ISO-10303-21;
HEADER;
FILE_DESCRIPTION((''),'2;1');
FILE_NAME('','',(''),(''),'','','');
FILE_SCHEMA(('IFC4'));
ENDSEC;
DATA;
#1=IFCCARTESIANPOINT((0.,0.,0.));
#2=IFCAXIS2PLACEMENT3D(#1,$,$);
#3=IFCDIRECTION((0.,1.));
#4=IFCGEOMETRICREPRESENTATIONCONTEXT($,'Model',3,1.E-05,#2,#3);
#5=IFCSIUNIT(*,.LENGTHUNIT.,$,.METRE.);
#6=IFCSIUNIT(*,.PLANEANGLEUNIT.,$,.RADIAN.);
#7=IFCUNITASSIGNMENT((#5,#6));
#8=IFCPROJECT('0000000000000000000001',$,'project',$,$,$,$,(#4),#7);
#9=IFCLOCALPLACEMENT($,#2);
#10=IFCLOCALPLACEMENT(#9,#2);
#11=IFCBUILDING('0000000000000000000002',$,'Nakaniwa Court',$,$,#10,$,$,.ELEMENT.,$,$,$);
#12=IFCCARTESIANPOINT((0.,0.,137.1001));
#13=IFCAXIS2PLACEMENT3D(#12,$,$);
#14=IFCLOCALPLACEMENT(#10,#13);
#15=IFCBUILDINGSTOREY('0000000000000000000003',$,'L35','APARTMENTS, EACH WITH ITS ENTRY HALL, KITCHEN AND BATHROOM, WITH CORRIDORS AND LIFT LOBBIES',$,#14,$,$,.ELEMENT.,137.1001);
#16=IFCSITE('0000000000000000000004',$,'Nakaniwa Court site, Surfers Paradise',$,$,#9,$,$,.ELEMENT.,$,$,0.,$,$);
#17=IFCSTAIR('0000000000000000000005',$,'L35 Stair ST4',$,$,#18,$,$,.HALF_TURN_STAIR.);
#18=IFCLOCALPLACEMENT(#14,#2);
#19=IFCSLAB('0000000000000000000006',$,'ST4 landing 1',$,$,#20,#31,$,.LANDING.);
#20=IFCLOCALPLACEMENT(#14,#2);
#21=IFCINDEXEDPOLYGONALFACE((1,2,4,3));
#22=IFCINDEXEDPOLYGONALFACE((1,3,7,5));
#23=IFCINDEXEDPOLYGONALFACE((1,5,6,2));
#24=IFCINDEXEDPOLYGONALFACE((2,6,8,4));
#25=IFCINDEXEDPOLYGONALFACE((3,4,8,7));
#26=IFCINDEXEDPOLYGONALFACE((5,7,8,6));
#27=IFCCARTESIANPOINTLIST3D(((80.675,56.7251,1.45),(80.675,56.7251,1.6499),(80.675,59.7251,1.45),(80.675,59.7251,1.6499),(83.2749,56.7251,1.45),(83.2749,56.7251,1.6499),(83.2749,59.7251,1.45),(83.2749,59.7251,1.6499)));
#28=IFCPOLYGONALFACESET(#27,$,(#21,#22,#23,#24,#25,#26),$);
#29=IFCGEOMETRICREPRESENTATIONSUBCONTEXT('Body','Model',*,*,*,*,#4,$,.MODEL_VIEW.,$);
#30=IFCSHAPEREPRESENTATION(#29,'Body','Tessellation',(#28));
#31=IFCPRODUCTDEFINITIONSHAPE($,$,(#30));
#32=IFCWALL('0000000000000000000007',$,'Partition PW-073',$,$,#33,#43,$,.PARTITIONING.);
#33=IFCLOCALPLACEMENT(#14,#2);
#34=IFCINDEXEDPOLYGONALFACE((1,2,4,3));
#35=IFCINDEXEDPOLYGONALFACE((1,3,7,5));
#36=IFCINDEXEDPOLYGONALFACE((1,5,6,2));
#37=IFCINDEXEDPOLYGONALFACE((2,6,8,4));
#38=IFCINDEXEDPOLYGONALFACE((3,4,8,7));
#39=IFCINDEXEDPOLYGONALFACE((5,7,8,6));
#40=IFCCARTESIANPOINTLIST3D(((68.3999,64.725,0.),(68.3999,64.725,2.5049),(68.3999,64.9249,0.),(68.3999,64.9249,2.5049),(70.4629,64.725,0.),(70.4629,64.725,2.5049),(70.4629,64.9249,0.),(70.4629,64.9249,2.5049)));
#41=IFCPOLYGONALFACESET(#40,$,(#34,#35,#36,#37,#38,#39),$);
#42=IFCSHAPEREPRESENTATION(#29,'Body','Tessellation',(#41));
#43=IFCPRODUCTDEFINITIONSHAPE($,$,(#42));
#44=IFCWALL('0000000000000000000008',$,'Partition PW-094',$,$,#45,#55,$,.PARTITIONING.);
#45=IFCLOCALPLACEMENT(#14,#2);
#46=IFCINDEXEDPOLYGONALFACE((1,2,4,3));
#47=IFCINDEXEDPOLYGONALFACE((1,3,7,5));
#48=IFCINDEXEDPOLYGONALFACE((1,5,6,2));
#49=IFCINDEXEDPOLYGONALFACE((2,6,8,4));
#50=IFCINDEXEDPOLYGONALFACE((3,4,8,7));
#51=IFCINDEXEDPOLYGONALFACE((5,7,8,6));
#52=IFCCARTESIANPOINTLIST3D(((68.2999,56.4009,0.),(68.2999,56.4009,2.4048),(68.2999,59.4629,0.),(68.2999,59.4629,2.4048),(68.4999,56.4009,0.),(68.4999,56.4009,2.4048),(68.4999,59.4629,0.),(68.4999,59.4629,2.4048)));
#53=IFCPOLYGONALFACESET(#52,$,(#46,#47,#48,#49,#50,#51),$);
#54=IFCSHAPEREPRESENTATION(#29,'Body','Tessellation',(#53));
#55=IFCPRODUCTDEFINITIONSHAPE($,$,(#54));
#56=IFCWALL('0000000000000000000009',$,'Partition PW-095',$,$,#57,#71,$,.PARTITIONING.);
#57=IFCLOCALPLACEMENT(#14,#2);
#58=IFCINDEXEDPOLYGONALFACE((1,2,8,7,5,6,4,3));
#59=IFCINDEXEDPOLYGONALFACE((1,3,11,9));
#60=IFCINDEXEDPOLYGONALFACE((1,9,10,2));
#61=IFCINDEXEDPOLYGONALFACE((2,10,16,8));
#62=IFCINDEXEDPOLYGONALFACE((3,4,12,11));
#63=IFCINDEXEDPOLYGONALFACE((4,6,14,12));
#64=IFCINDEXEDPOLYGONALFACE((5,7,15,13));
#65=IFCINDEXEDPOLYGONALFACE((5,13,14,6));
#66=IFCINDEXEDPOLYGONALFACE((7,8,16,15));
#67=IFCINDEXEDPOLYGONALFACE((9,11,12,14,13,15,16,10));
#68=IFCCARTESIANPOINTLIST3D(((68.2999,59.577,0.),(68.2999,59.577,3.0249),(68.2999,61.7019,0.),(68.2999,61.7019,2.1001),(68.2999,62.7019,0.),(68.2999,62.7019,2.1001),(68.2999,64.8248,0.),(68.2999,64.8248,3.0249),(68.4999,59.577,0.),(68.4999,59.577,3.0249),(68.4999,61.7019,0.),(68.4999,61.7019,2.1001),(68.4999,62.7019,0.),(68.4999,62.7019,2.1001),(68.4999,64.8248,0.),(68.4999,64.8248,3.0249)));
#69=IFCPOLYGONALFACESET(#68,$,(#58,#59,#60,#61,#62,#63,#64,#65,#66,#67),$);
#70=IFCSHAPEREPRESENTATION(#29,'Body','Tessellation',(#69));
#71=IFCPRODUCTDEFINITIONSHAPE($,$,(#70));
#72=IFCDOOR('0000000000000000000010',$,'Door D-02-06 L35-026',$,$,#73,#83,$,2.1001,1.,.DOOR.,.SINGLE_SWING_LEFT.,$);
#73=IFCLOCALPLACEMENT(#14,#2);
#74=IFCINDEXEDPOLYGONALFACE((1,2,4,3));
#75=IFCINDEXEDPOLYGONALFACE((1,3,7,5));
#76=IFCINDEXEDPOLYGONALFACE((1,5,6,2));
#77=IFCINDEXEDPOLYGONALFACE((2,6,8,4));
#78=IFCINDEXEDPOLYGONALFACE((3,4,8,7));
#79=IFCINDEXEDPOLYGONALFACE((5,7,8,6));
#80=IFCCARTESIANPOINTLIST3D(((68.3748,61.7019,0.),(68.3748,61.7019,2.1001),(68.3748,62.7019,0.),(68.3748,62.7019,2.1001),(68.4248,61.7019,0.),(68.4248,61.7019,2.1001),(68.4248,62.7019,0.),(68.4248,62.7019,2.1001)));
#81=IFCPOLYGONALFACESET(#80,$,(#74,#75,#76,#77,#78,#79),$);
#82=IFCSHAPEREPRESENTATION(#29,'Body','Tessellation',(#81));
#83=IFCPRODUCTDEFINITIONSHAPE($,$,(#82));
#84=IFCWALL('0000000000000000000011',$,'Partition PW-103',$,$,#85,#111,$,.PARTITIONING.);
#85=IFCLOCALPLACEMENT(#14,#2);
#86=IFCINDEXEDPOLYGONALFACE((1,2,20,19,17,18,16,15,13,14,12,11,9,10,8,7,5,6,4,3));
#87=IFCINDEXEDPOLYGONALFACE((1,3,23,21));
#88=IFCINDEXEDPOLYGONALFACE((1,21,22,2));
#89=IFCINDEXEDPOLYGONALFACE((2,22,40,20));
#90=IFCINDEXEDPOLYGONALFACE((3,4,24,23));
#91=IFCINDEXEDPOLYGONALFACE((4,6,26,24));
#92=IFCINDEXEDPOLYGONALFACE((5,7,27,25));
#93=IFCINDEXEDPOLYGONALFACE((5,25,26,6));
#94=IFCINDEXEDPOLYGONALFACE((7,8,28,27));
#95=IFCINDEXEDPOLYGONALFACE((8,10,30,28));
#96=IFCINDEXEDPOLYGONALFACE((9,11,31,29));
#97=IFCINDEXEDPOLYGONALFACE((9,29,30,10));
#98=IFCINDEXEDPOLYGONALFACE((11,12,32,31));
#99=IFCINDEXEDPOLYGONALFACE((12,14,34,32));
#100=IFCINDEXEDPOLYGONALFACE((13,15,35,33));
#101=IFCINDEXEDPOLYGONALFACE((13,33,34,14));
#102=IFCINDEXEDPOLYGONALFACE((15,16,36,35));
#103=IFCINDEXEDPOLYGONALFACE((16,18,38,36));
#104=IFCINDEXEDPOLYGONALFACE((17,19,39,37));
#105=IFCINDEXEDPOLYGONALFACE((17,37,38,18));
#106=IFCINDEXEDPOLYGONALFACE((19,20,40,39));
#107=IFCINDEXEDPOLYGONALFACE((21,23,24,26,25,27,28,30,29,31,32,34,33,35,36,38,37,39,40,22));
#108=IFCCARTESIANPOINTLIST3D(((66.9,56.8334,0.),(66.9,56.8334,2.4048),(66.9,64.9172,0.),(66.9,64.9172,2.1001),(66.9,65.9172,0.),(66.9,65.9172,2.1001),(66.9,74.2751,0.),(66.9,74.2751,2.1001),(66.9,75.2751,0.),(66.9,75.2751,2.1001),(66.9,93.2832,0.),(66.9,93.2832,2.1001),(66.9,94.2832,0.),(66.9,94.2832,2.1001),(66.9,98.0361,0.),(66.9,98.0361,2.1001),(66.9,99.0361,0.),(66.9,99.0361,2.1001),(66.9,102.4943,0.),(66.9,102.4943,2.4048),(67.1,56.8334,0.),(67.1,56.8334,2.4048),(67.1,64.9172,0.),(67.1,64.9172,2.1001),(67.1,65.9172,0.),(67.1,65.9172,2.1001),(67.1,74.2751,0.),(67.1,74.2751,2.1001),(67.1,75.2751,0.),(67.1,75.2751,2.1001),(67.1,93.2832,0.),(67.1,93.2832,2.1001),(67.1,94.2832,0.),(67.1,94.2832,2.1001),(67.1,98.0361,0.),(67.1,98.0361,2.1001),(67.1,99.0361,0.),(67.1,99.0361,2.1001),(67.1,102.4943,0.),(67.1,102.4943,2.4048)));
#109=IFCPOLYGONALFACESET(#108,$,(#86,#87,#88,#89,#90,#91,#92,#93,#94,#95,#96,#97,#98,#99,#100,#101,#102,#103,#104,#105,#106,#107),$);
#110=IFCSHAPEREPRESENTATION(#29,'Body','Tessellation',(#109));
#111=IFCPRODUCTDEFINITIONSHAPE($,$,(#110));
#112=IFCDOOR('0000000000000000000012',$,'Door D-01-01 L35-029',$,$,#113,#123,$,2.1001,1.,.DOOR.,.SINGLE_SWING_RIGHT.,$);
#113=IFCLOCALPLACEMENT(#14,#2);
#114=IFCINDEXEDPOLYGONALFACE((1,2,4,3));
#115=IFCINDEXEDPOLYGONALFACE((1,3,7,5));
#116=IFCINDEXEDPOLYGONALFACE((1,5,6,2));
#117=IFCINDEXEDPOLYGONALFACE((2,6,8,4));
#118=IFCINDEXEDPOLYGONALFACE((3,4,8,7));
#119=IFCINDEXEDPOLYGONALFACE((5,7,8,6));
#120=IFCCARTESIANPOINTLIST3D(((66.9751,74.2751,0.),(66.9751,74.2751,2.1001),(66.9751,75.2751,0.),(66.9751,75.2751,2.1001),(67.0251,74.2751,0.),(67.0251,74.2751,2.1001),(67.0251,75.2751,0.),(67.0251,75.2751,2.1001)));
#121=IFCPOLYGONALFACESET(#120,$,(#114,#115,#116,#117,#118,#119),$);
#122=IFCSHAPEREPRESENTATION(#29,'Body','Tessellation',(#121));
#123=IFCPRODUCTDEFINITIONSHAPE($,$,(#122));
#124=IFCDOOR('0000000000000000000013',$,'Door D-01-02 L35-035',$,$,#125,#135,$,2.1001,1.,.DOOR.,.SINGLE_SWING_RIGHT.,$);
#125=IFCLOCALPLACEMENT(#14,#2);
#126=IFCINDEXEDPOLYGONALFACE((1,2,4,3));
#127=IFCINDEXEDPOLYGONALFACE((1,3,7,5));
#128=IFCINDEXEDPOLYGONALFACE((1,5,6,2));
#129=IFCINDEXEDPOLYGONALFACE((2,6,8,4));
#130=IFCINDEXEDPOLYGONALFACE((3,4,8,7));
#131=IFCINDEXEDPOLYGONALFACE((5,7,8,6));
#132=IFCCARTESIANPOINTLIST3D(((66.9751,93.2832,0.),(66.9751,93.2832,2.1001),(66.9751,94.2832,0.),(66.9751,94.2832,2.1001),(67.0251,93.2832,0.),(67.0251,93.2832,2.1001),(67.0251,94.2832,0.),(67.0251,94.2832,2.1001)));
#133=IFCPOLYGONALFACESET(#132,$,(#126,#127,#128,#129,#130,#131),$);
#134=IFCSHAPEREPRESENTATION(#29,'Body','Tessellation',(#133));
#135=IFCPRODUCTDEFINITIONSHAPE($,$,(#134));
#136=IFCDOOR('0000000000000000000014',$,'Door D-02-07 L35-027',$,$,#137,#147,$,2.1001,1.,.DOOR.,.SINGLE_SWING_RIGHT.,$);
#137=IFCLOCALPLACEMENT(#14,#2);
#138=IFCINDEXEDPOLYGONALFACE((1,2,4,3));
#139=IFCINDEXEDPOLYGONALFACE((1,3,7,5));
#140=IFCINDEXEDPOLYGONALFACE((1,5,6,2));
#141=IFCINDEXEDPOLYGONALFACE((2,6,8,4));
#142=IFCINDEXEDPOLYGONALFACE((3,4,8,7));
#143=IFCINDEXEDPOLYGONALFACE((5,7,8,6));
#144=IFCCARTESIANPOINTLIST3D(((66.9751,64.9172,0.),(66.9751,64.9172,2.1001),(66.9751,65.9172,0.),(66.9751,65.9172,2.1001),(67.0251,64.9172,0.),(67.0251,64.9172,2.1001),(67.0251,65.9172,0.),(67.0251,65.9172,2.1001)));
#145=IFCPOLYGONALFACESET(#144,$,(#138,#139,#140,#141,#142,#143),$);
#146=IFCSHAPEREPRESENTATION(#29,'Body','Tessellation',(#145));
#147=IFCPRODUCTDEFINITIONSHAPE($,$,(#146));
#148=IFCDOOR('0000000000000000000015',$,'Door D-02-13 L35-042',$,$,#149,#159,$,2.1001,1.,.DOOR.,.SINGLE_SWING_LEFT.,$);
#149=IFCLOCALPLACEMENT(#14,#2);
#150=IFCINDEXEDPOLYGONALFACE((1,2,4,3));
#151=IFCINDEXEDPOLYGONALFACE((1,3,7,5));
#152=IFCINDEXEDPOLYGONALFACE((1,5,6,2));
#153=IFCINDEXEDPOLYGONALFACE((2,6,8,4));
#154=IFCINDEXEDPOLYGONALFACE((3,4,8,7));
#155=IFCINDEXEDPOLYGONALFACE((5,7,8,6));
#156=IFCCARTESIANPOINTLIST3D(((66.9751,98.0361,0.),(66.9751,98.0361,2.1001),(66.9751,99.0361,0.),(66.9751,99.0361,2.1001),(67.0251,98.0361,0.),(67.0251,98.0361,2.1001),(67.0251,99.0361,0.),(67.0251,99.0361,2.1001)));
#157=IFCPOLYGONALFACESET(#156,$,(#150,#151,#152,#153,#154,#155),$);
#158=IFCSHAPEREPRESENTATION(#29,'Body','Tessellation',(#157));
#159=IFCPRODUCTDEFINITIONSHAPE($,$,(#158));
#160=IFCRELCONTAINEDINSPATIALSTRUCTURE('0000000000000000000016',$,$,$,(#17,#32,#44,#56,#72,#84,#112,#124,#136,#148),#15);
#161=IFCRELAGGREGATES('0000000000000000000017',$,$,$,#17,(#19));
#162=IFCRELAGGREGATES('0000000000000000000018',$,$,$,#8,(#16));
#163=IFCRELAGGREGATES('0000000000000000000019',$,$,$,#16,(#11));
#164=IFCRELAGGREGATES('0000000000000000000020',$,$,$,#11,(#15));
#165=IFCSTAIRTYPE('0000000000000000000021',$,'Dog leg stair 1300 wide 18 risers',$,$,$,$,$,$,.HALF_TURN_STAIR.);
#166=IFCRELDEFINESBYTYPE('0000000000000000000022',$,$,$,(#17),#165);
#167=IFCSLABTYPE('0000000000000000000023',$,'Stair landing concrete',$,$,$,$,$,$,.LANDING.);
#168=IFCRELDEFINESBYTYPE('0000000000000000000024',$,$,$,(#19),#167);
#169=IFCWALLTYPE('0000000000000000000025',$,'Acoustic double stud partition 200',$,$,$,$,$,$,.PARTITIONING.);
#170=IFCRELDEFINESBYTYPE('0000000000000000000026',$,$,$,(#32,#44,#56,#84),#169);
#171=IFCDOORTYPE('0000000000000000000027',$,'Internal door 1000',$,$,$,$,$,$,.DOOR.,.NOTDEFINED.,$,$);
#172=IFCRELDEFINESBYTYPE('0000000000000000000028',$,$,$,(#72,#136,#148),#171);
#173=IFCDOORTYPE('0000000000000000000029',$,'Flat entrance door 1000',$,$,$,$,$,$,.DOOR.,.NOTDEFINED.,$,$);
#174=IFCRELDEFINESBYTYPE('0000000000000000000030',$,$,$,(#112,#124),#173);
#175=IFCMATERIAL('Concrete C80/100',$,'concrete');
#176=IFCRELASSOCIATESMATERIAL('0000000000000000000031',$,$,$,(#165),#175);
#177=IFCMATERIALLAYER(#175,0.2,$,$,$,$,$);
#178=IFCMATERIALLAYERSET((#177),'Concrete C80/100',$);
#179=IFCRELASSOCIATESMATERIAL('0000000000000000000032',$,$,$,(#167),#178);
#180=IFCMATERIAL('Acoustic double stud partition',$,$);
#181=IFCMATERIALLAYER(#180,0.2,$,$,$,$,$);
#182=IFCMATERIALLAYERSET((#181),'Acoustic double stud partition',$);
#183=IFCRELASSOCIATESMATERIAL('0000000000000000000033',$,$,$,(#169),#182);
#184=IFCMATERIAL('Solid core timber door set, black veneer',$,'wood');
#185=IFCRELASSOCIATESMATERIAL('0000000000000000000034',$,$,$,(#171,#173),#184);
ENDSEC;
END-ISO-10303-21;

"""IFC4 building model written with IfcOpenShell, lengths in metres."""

from ifc_helpers import new_model, si_unit, direction, frame, frame_2d, origin, place, context, subcontext, project, spatial, polyline, rectangle, outline, extrude, material, layer, layer_set, type_object, element, fill, aggregate, save


model = new_model("IFC4")

# Units and contexts
model_context = context("Model", 3, precision=1e-05, world=origin(), true_north=direction((0.0, 1.0)))
body_context = subcontext(model_context, "Body", "Model", "MODEL_VIEW")
ifc_project = project(units=[si_unit("LENGTHUNIT", "METRE"), si_unit("PLANEANGLEUNIT", "RADIAN")], contexts=[model_context])

# Site, building, storey
site_placement = place(None, origin())
site = spatial("IfcSite", under=ifc_project, at=site_placement, Name="Nakaniwa Court site, Surfers Paradise", CompositionType="ELEMENT", RefElevation=0.0)
building_placement = place(site_placement, origin())
building = spatial("IfcBuilding", under=site, at=building_placement, Name="Nakaniwa Court", CompositionType="ELEMENT")
storey_placement = place(building_placement, frame((0.0, 0.0, 137.1001)))
storey = spatial("IfcBuildingStorey", under=building, at=storey_placement, Name="L35", Description="APARTMENTS, EACH WITH ITS ENTRY HALL, KITCHEN AND BATHROOM, WITH CORRIDORS AND LIFT LOBBIES", CompositionType="ELEMENT", Elevation=137.1001)

# Shared definitions
ifc_material_1 = material(Name="Concrete C80/100", Category="concrete")

# Stair, slab
stair_type = type_object("IfcStairType", Name="Dog leg stair 1300 wide 18 risers", PredefinedType="HALF_TURN_STAIR", material=ifc_material_1)
ifc_layer_1 = layer(ifc_material_1, 0.2)
ifc_layer_set_1 = layer_set([ifc_layer_1], Name="Concrete C80/100")
slab_type_1 = type_object("IfcSlabType", Name="Stair landing concrete", PredefinedType="LANDING", material=ifc_layer_set_1)
stair_1_placement = place(storey_placement, origin())
stair_1 = element("IfcStair", 1, at=stair_1_placement, inside=storey, type_object=stair_type, Name="L35 Stair ST4", PredefinedType="HALF_TURN_STAIR")
slab_1_placement = place(storey_placement, frame((0.0, 0.0, 1.45)))
slab_1 = element("IfcSlab", 2, at=slab_1_placement, type_object=slab_type_1, Name="ST4 landing 1", PredefinedType="LANDING", context=body_context, shape_type="SweptSolid", body=[
    extrude(outline(polyline([(83.2749, 56.7251), (83.2749, 59.7251), (80.675, 59.7251), (80.675, 56.7251), (83.2749, 56.7251)])), origin(), (0.0, 0.0, 1.0), 0.2),
])
aggregate(stair_1, [slab_1])

# Walls
ifc_material_2 = material(Name="Acoustic double stud partition")
ifc_layer_2 = layer(ifc_material_2, 0.2)
ifc_layer_set_2 = layer_set([ifc_layer_2], Name="Acoustic double stud partition")
wall_type_1 = type_object("IfcWallType", Name="Acoustic double stud partition 200", PredefinedType="PARTITIONING", material=ifc_layer_set_2)
wall_1_placement = place(storey_placement, frame((68.3999, 64.825, 0.0), z_axis=(0.0, 0.0, 1.0), x_axis=(1.0, 0.0, 0.0)))
element("IfcWall", 3, at=wall_1_placement, inside=storey, type_object=wall_type_1, Name="Partition PW-073", PredefinedType="PARTITIONING", context=body_context, shape_type="SweptSolid", body=[
    extrude(rectangle(XDim=2.063, YDim=0.2, at=frame_2d((1.0315, 0.0))), origin(), (0.0, 0.0, 1.0), 2.5049),
])
wall_2_placement = place(storey_placement, frame((68.3999, 56.4009, 0.0), z_axis=(0.0, 0.0, 1.0), x_axis=(0.0, 1.0, 0.0)))
element("IfcWall", 4, at=wall_2_placement, inside=storey, type_object=wall_type_1, Name="Partition PW-094", PredefinedType="PARTITIONING", context=body_context, shape_type="SweptSolid", body=[
    extrude(rectangle(XDim=3.062, YDim=0.2, at=frame_2d((1.531, 0.0))), origin(), (0.0, 0.0, 1.0), 2.4048),
])

# Wall, opening, door
wall_3_placement = place(storey_placement, frame((68.3999, 64.825, 0.0), z_axis=(0.0, 0.0, 1.0), x_axis=(0.0, -1.0, 0.0)))
wall_3 = element("IfcWall", 5, at=wall_3_placement, inside=storey, type_object=wall_type_1, Name="Partition PW-095", PredefinedType="PARTITIONING", context=body_context, shape_type="SweptSolid", body=[
    extrude(rectangle(XDim=5.2478, YDim=0.2, at=frame_2d((2.624, 0.0))), origin(), (0.0, 0.0, 1.0), 3.0249),
])
opening_1_placement = place(wall_3_placement, frame((2.123, 0.0, 0.0)))
opening_1 = element("IfcOpeningElement", 6, at=opening_1_placement, cuts=wall_3, PredefinedType="OPENING", context=body_context, shape_type="SweptSolid", body=[
    extrude(rectangle(XDim=1.0, YDim=2.1001, at=frame_2d((0.5, 1.05))), frame((0.0, 0.1099, 0.0), z_axis=(0.0, -1.0, 0.0), x_axis=(1.0, 0.0, 0.0)), (0.0, 0.0, 1.0), 0.22),
])
ifc_material_3 = material(Name="Solid core timber door set, black veneer", Category="wood")
door_type_1 = type_object("IfcDoorType", Name="Internal door 1000", OperationType="NOTDEFINED", PredefinedType="DOOR", material=ifc_material_3)
door_1_placement = place(opening_1_placement, origin())
door_1 = element("IfcDoor", 7, at=door_1_placement, inside=storey, type_object=door_type_1, Name="Door D-02-06 L35-026", OperationType="SINGLE_SWING_LEFT", OverallHeight=2.1001, OverallWidth=1.0, PredefinedType="DOOR", context=body_context, shape_type="SweptSolid", body=[
    extrude(rectangle(XDim=1.0, YDim=2.1001, at=frame_2d((0.5, 1.05))), frame((0.0, 0.0249, 0.0), z_axis=(0.0, -1.0, 0.0), x_axis=(1.0, 0.0, 0.0)), (0.0, 0.0, 1.0), 0.05),
])
fill(opening_1, door_1)

# Wall, openings, doors
wall_4_placement = place(storey_placement, frame((67.0, 56.8333, 0.0), z_axis=(0.0, 0.0, 1.0), x_axis=(0.0, 1.0, 0.0)))
wall_4 = element("IfcWall", 8, at=wall_4_placement, inside=storey, type_object=wall_type_1, Name="Partition PW-103", PredefinedType="PARTITIONING", context=body_context, shape_type="SweptSolid", body=[
    extrude(rectangle(XDim=45.6609, YDim=0.2, at=frame_2d((22.8306, 0.0))), origin(), (0.0, 0.0, 1.0), 2.4048),
])
opening_2_placement = place(wall_4_placement, frame((8.084, 0.0, 0.0)))
opening_2 = element("IfcOpeningElement", 9, at=opening_2_placement, cuts=wall_4, PredefinedType="OPENING", context=body_context, shape_type="SweptSolid", body=[
    extrude(rectangle(XDim=1.0, YDim=2.1001, at=frame_2d((0.5, 1.05))), frame((0.0, 0.1099, 0.0), z_axis=(0.0, -1.0, 0.0), x_axis=(1.0, 0.0, 0.0)), (0.0, 0.0, 1.0), 0.22),
])
opening_3_placement = place(wall_4_placement, frame((17.4419, 0.0, 0.0)))
opening_3 = element("IfcOpeningElement", 10, at=opening_3_placement, cuts=wall_4, PredefinedType="OPENING", context=body_context, shape_type="SweptSolid", body=[
    extrude(rectangle(XDim=1.0, YDim=2.1001, at=frame_2d((0.5, 1.05))), frame((0.0, 0.1099, 0.0), z_axis=(0.0, -1.0, 0.0), x_axis=(1.0, 0.0, 0.0)), (0.0, 0.0, 1.0), 0.22),
])
opening_4_placement = place(wall_4_placement, frame((36.45, 0.0, 0.0)))
opening_4 = element("IfcOpeningElement", 11, at=opening_4_placement, cuts=wall_4, PredefinedType="OPENING", context=body_context, shape_type="SweptSolid", body=[
    extrude(rectangle(XDim=1.0, YDim=2.1001, at=frame_2d((0.5, 1.05))), frame((0.0, 0.1099, 0.0), z_axis=(0.0, -1.0, 0.0), x_axis=(1.0, 0.0, 0.0)), (0.0, 0.0, 1.0), 0.22),
])
opening_5_placement = place(wall_4_placement, frame((41.2029, 0.0, 0.0)))
opening_5 = element("IfcOpeningElement", 12, at=opening_5_placement, cuts=wall_4, PredefinedType="OPENING", context=body_context, shape_type="SweptSolid", body=[
    extrude(rectangle(XDim=1.0, YDim=2.1001, at=frame_2d((0.5, 1.05))), frame((0.0, 0.1099, 0.0), z_axis=(0.0, -1.0, 0.0), x_axis=(1.0, 0.0, 0.0)), (0.0, 0.0, 1.0), 0.22),
])
door_type_2 = type_object("IfcDoorType", Name="Flat entrance door 1000", OperationType="NOTDEFINED", PredefinedType="DOOR", material=ifc_material_3)
door_2_placement = place(opening_3_placement, origin())
door_2 = element("IfcDoor", 13, at=door_2_placement, inside=storey, type_object=door_type_2, Name="Door D-01-01 L35-029", OperationType="SINGLE_SWING_RIGHT", OverallHeight=2.1001, OverallWidth=1.0, PredefinedType="DOOR", context=body_context, shape_type="SweptSolid", body=[
    extrude(rectangle(XDim=1.0, YDim=2.1001, at=frame_2d((0.5, 1.05))), frame((0.0, 0.0249, 0.0), z_axis=(0.0, -1.0, 0.0), x_axis=(1.0, 0.0, 0.0)), (0.0, 0.0, 1.0), 0.05),
])
fill(opening_3, door_2)
door_3_placement = place(opening_4_placement, origin())
door_3 = element("IfcDoor", 14, at=door_3_placement, inside=storey, type_object=door_type_2, Name="Door D-01-02 L35-035", OperationType="SINGLE_SWING_RIGHT", OverallHeight=2.1001, OverallWidth=1.0, PredefinedType="DOOR", context=body_context, shape_type="SweptSolid", body=[
    extrude(rectangle(XDim=1.0, YDim=2.1001, at=frame_2d((0.5, 1.05))), frame((0.0, 0.0249, 0.0), z_axis=(0.0, -1.0, 0.0), x_axis=(1.0, 0.0, 0.0)), (0.0, 0.0, 1.0), 0.05),
])
fill(opening_4, door_3)
door_4_placement = place(opening_2_placement, origin())
door_4 = element("IfcDoor", 15, at=door_4_placement, inside=storey, type_object=door_type_1, Name="Door D-02-07 L35-027", OperationType="SINGLE_SWING_RIGHT", OverallHeight=2.1001, OverallWidth=1.0, PredefinedType="DOOR", context=body_context, shape_type="SweptSolid", body=[
    extrude(rectangle(XDim=1.0, YDim=2.1001, at=frame_2d((0.5, 1.05))), frame((0.0, 0.0249, 0.0), z_axis=(0.0, -1.0, 0.0), x_axis=(1.0, 0.0, 0.0)), (0.0, 0.0, 1.0), 0.05),
])
fill(opening_2, door_4)
door_5_placement = place(opening_5_placement, origin())
door_5 = element("IfcDoor", 16, at=door_5_placement, inside=storey, type_object=door_type_1, Name="Door D-02-13 L35-042", OperationType="SINGLE_SWING_LEFT", OverallHeight=2.1001, OverallWidth=1.0, PredefinedType="DOOR", context=body_context, shape_type="SweptSolid", body=[
    extrude(rectangle(XDim=1.0, YDim=2.1001, at=frame_2d((0.5, 1.05))), frame((0.0, 0.0249, 0.0), z_axis=(0.0, -1.0, 0.0), x_axis=(1.0, 0.0, 0.0)), (0.0, 0.0, 1.0), 0.05),
])
fill(opening_5, door_5)

save(model, "model.ifc")
